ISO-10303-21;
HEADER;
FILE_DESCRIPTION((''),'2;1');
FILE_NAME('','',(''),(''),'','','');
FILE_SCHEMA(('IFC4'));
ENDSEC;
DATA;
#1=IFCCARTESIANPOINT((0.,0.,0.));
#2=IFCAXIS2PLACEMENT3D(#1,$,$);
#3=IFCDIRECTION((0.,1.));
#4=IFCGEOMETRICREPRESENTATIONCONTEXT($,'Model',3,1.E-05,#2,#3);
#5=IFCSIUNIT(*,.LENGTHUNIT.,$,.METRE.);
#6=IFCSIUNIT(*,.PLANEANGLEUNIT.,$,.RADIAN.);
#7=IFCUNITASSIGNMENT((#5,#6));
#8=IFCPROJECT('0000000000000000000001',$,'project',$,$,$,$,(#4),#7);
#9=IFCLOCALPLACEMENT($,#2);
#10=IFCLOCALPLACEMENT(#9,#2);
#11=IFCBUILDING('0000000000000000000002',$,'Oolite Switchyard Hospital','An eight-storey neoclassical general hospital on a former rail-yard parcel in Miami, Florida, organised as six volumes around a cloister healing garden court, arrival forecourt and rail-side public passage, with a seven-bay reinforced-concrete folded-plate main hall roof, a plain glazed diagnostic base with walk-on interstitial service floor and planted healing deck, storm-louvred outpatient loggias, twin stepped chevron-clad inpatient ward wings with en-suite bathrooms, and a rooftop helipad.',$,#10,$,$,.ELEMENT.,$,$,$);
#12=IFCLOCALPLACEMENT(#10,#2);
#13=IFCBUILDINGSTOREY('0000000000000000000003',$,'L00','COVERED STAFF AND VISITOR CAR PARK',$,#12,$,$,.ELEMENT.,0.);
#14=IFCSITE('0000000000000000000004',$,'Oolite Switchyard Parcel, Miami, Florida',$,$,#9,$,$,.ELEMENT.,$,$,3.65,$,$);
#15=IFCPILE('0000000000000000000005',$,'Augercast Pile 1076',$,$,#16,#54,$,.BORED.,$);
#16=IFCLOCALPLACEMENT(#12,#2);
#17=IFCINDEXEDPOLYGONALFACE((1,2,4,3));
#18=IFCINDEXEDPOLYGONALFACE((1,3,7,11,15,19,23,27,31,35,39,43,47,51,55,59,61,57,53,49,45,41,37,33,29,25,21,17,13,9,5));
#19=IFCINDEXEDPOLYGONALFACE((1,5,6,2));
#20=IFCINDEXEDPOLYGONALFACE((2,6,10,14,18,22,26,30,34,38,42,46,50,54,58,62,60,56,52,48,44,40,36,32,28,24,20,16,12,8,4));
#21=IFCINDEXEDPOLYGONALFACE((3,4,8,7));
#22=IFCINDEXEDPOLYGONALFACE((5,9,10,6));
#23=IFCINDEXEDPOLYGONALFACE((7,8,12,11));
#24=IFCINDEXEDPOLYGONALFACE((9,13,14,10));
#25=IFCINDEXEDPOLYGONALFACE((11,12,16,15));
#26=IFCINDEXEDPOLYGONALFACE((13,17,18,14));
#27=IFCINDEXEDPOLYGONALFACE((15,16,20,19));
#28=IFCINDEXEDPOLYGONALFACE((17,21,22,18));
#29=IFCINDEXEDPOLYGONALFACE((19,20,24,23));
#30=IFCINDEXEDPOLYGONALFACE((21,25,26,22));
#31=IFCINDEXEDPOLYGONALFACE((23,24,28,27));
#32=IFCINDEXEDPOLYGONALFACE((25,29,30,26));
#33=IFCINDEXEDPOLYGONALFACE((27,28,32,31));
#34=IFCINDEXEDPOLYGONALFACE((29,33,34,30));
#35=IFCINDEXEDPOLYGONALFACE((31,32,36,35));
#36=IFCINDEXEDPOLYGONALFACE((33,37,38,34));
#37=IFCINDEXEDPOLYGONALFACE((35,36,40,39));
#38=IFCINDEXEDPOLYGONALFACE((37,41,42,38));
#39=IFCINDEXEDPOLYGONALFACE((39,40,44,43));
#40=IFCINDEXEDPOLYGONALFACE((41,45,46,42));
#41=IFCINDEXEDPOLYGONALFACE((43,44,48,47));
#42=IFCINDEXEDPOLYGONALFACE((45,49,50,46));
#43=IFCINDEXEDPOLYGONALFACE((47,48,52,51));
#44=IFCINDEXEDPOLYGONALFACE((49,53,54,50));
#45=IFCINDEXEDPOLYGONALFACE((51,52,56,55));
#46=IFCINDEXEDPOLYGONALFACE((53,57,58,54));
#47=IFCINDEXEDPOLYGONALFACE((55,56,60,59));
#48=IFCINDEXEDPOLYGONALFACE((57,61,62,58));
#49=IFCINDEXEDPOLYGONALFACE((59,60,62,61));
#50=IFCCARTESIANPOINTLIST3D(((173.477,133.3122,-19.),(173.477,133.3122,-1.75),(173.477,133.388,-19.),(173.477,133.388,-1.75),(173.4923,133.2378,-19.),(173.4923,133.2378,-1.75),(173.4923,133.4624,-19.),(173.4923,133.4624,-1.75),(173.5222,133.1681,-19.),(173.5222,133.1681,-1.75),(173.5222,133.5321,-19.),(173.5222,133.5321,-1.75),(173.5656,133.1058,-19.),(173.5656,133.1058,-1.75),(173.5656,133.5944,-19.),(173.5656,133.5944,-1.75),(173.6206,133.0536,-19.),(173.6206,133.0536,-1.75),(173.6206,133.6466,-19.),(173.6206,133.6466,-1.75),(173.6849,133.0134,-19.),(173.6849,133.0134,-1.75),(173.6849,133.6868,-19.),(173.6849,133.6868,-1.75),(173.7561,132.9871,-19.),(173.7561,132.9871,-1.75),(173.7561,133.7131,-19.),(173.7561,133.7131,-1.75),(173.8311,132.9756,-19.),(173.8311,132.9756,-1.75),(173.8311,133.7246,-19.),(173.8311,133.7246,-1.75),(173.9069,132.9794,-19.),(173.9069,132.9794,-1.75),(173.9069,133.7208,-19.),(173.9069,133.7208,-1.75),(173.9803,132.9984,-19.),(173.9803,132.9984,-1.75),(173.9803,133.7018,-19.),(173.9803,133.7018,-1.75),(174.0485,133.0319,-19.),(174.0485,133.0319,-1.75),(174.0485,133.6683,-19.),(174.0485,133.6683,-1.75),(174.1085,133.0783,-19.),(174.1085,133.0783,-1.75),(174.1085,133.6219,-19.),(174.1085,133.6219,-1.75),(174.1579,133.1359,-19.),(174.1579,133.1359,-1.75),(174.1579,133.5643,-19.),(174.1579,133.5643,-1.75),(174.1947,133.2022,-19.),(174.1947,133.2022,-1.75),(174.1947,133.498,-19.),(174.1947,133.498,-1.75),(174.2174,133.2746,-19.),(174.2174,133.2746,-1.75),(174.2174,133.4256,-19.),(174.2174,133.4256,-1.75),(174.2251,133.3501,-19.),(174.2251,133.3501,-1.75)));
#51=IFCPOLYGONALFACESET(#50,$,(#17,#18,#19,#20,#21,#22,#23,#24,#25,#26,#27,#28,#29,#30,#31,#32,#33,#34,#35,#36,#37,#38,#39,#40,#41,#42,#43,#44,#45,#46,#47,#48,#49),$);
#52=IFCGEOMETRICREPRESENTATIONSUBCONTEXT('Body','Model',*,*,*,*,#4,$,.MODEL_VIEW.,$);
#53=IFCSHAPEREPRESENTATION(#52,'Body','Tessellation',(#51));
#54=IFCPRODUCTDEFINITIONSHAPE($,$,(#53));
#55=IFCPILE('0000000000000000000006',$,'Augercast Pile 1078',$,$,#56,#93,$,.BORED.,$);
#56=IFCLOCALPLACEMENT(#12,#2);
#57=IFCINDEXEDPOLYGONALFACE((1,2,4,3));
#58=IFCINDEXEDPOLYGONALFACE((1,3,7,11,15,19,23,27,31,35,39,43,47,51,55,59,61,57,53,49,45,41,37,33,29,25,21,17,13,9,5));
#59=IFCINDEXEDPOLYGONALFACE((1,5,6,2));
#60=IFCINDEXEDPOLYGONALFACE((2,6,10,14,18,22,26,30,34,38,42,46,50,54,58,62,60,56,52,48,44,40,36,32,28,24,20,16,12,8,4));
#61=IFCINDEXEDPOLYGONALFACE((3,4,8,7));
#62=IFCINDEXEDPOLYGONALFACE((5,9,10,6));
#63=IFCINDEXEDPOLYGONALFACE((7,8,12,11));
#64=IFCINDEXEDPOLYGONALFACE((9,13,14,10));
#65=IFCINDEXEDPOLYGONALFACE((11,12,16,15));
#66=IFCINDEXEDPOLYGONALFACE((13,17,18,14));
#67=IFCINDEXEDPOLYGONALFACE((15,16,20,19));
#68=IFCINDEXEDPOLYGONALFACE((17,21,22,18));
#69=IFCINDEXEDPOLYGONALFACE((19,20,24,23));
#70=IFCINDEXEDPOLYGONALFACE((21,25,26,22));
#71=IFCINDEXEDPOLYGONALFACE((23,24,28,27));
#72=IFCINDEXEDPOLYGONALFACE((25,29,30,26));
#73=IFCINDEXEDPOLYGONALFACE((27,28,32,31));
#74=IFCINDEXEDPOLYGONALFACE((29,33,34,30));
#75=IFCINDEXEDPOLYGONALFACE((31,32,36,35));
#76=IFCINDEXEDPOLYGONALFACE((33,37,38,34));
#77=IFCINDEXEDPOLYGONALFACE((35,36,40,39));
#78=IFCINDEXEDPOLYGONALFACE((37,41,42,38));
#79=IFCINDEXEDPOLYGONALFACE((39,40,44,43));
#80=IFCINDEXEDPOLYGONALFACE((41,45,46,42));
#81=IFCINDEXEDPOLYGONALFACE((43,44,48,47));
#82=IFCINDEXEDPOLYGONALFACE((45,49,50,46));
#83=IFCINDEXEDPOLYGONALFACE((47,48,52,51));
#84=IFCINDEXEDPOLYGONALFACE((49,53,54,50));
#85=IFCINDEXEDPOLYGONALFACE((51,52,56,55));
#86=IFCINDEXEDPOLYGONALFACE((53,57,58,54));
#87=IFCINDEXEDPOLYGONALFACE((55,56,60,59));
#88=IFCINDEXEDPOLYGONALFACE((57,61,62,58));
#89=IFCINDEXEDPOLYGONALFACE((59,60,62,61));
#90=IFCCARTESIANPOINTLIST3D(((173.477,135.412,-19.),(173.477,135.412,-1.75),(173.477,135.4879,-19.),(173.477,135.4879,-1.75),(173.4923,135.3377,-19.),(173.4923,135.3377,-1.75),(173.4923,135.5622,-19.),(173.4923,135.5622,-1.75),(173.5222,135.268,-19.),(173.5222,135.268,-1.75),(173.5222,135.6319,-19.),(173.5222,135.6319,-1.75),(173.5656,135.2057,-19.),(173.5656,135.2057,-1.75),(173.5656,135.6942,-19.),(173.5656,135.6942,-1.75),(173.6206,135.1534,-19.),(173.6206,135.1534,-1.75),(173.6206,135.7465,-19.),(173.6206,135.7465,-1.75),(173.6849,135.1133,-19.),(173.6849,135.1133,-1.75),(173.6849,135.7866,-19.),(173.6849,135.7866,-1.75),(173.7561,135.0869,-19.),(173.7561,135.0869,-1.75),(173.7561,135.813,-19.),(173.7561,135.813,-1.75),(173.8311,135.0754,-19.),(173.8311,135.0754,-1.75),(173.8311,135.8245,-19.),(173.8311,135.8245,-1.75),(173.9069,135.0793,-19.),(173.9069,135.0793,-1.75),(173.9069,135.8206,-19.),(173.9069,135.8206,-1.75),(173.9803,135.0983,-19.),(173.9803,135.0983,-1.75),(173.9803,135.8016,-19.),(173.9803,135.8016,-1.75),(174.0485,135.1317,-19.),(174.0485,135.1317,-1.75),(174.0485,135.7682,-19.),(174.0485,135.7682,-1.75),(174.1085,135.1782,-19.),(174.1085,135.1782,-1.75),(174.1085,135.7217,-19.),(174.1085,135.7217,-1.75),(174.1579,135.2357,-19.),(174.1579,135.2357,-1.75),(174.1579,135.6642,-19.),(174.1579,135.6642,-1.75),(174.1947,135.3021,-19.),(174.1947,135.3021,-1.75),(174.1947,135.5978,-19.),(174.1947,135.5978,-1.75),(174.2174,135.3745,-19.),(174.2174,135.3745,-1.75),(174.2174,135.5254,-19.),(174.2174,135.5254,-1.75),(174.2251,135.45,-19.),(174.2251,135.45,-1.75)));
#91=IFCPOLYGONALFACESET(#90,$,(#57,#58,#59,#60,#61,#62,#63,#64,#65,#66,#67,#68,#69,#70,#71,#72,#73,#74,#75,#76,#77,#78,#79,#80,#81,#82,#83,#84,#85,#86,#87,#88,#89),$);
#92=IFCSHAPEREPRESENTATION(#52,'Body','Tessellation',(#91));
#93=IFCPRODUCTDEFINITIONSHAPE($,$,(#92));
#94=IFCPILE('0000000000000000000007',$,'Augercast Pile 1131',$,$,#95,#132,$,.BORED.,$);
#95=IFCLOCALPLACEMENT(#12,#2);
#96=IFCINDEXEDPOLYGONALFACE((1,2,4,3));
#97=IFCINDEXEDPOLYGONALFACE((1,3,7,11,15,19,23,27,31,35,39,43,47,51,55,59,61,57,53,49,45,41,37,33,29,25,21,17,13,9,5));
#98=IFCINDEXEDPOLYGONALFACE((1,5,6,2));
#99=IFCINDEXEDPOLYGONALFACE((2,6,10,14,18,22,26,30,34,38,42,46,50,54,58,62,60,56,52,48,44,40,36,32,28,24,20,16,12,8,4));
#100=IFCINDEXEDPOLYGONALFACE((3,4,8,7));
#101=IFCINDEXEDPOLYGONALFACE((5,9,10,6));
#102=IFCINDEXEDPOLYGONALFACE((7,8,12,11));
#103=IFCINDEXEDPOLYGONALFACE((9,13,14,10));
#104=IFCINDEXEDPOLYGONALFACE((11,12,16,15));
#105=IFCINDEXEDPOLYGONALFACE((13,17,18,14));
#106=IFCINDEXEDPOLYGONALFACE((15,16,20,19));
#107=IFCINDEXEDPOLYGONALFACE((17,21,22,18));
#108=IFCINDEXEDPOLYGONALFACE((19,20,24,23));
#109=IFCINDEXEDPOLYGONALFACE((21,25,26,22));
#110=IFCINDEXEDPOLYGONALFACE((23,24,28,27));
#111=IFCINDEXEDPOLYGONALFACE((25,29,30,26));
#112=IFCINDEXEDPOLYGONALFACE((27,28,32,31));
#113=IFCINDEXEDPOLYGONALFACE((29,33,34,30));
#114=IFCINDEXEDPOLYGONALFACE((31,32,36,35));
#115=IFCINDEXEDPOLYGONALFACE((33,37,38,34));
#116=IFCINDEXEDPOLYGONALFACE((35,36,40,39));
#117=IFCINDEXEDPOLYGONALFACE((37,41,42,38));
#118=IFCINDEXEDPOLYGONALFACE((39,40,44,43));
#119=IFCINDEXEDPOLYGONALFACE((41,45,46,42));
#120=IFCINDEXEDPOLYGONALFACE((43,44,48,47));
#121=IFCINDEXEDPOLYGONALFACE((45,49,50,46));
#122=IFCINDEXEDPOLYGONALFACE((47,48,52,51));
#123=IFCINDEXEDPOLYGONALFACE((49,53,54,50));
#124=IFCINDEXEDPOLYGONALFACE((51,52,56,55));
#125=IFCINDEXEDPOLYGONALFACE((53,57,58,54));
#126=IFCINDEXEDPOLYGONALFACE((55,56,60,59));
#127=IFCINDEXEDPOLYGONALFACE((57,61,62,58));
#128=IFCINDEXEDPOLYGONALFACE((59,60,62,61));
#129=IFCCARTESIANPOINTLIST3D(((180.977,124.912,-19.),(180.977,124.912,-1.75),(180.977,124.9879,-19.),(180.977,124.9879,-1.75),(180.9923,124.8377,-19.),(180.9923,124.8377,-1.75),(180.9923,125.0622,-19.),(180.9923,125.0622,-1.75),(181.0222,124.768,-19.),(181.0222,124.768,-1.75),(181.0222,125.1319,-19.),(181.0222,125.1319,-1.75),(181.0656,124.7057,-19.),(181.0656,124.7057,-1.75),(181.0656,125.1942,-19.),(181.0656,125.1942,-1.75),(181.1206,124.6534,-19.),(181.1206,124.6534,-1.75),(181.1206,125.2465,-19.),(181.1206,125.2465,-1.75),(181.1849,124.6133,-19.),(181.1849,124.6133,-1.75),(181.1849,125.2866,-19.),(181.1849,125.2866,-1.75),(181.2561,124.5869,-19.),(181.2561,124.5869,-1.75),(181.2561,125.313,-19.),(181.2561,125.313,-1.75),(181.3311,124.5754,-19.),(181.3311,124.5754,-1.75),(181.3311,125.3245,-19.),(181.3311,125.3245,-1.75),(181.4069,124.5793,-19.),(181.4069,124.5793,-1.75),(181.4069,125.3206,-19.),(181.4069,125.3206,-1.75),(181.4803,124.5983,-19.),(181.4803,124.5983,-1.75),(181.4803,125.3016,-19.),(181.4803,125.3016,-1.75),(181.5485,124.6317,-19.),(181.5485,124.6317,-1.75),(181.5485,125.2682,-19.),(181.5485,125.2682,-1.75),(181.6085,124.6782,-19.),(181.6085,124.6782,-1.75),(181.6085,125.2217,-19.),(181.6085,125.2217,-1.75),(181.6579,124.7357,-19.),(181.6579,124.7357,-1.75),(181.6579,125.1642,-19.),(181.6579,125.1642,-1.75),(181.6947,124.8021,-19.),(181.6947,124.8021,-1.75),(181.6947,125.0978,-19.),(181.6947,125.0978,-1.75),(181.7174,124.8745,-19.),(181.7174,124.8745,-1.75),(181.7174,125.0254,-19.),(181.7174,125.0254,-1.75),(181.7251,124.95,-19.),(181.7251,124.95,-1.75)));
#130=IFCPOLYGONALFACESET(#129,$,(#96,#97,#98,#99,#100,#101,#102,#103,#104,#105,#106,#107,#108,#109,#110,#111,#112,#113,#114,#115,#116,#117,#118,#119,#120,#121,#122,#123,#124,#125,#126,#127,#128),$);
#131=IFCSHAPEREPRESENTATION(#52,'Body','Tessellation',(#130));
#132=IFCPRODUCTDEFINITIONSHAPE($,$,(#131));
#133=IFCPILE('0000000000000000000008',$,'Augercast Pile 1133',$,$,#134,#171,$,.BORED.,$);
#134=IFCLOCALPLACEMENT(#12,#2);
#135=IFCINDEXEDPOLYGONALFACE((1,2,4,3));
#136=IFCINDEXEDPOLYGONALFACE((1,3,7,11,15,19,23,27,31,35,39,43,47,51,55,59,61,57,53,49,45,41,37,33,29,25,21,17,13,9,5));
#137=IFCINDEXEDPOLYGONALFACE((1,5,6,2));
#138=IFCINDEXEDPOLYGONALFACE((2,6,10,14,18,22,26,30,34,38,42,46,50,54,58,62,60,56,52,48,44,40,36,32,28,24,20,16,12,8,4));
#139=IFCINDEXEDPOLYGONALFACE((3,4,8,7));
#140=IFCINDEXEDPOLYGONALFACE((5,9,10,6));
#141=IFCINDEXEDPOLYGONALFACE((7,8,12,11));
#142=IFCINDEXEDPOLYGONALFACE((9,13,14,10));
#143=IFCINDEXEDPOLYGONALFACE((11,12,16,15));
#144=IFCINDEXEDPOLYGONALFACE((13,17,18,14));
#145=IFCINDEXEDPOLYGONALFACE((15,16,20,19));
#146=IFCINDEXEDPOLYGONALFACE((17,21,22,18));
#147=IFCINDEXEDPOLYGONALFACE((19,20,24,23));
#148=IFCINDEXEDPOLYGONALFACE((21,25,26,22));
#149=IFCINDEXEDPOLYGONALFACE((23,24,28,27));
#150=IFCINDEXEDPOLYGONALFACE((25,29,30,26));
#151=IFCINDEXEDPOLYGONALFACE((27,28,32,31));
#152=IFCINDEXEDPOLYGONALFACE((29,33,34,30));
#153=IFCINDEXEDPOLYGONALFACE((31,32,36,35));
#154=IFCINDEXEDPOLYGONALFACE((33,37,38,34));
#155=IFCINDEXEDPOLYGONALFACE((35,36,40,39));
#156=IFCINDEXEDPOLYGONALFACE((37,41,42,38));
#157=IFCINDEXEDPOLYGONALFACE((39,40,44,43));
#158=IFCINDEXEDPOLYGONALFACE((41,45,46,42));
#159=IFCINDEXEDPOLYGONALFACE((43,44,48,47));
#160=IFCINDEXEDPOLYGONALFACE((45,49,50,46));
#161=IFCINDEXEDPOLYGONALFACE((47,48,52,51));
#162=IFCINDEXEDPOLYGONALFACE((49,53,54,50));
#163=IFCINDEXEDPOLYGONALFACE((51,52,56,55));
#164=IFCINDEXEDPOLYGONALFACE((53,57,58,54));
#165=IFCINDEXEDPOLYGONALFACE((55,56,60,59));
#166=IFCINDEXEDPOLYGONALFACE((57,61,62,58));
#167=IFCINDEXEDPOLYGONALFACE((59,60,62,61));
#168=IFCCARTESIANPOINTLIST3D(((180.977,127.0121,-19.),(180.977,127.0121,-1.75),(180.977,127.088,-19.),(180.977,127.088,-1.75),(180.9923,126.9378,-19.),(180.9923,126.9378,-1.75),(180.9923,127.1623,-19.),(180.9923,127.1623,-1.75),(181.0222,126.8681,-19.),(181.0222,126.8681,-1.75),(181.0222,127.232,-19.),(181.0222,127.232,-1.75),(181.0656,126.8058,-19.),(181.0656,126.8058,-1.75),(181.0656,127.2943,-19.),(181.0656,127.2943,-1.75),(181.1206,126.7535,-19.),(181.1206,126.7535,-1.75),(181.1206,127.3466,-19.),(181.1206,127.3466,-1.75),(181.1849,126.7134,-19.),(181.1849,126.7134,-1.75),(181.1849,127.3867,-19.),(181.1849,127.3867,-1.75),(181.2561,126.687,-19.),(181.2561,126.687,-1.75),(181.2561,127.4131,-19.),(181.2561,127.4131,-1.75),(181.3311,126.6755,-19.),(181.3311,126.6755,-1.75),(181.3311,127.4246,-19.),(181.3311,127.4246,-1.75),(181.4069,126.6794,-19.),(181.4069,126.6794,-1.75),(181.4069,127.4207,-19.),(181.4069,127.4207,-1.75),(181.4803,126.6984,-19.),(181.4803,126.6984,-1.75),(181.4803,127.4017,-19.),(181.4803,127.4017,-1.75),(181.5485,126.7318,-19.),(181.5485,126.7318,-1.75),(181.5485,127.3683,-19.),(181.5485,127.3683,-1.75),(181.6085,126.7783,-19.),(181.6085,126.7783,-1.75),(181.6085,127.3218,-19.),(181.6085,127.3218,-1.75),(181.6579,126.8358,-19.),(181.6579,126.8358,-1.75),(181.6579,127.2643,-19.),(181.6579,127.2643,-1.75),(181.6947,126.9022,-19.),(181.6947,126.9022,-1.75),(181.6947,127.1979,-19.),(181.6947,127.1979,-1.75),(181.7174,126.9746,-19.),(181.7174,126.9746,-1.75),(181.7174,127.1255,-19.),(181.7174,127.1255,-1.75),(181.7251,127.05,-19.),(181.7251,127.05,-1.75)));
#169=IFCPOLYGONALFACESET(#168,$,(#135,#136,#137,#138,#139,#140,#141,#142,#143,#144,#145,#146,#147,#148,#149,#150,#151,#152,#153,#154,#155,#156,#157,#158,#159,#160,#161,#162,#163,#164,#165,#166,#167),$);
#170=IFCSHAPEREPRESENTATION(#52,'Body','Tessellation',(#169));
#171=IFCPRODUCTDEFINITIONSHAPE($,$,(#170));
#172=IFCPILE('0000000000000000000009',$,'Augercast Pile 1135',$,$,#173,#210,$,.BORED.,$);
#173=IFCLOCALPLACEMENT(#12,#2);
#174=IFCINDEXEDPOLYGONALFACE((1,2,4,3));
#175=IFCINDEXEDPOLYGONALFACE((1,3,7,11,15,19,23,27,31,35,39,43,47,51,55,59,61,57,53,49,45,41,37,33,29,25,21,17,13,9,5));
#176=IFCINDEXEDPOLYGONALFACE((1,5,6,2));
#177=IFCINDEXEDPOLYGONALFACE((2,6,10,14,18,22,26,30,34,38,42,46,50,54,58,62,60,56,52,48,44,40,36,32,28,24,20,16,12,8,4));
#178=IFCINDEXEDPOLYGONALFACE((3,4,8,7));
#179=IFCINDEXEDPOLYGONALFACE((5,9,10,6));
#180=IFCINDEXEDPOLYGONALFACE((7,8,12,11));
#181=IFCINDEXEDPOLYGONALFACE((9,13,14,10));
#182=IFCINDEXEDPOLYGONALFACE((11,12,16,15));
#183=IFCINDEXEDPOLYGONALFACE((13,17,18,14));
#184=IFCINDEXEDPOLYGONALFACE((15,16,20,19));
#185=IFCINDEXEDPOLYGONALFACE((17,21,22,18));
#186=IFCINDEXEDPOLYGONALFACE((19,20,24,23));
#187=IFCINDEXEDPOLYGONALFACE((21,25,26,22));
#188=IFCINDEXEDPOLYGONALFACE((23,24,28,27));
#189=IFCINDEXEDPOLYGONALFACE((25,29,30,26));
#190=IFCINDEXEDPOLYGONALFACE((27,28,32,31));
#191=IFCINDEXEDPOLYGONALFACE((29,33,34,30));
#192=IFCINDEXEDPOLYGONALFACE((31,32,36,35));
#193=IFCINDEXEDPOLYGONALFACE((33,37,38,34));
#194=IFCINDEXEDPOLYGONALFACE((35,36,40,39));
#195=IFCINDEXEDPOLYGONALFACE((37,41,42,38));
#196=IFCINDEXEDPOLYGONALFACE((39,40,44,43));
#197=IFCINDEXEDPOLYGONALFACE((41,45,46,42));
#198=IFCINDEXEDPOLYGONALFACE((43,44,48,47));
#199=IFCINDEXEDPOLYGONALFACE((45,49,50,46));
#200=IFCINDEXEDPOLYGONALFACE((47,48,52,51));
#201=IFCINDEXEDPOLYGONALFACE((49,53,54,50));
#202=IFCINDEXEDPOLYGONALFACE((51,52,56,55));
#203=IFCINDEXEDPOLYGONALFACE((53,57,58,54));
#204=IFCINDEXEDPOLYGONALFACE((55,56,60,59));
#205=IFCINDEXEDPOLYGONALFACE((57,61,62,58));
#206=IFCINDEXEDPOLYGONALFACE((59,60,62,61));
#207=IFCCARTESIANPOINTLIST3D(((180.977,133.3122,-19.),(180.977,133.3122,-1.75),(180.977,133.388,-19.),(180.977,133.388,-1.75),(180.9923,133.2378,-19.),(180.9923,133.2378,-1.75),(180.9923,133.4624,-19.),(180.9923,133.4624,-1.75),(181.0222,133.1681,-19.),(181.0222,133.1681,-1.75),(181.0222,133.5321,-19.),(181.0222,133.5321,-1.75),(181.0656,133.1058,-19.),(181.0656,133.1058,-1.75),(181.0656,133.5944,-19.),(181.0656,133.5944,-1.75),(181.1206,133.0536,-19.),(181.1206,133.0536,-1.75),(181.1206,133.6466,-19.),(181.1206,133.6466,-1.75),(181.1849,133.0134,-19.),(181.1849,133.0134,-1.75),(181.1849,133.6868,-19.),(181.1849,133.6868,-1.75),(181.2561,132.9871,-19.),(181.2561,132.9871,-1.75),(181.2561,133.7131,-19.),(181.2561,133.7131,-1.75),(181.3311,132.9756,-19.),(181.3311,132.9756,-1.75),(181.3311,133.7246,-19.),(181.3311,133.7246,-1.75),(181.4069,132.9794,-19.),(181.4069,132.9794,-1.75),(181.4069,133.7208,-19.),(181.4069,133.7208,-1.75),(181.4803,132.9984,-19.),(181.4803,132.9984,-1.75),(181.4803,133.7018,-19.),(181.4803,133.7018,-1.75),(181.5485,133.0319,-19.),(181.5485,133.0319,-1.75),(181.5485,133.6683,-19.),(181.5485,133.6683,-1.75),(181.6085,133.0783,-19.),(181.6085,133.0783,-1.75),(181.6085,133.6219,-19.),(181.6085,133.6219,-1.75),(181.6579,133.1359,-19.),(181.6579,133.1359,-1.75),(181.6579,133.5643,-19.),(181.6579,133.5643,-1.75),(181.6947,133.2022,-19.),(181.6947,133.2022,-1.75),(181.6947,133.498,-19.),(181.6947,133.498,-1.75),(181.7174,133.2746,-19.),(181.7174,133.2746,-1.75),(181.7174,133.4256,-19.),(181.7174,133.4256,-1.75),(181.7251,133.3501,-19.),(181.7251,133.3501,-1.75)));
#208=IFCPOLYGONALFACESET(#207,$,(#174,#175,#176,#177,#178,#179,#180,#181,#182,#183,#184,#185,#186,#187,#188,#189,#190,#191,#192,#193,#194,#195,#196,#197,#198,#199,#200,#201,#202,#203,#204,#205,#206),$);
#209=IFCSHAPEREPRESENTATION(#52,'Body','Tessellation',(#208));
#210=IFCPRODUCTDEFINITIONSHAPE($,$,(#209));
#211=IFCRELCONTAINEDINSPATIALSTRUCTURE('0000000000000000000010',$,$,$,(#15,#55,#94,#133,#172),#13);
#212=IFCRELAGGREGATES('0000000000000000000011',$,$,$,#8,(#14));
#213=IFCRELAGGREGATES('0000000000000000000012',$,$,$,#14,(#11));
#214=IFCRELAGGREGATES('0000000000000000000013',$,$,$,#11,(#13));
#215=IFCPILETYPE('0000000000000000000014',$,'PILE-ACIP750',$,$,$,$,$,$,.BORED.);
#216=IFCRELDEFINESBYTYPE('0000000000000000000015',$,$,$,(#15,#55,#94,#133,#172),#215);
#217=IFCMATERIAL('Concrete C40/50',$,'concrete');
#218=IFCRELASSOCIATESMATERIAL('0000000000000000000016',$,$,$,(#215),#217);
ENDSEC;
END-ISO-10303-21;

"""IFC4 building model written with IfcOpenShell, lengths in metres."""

from ifc_helpers import new_model, si_unit, direction, frame, origin, origin_2d, place, context, subcontext, project, spatial, circle, extrude, material, material_profile, profile_set, type_object, element, save


model = new_model("IFC4")

# Units and contexts
model_context = context("Model", 3, precision=1e-05, world=origin(), true_north=direction((0.0, 1.0)))
body_context = subcontext(model_context, "Body", "Model", "MODEL_VIEW")
ifc_project = project(units=[si_unit("LENGTHUNIT", "METRE"), si_unit("PLANEANGLEUNIT", "RADIAN")], contexts=[model_context])

# Site, building, storey
site_placement = place(None, origin())
site = spatial("IfcSite", under=ifc_project, at=site_placement, Name="Oolite Switchyard Parcel, Miami, Florida", CompositionType="ELEMENT", RefElevation=3.65)
building_placement = place(site_placement, origin())
building = spatial("IfcBuilding", under=site, at=building_placement, Name="Oolite Switchyard Hospital", Description="An eight-storey neoclassical general hospital on a former rail-yard parcel in Miami, Florida, organised as six volumes around a cloister healing garden court, arrival forecourt and rail-side public passage, with a seven-bay reinforced-concrete folded-plate main hall roof, a plain glazed diagnostic base with walk-on interstitial service floor and planted healing deck, storm-louvred outpatient loggias, twin stepped chevron-clad inpatient ward wings with en-suite bathrooms, and a rooftop helipad.", CompositionType="ELEMENT")
storey_placement = place(building_placement, origin())
storey = spatial("IfcBuildingStorey", under=building, at=storey_placement, Name="L00", Description="COVERED STAFF AND VISITOR CAR PARK", CompositionType="ELEMENT", Elevation=0.0)

# Shared definitions
ifc_material_1 = material(Name="Concrete C40/50", Category="concrete")

# Piles
ifc_material_profile_1 = material_profile(ifc_material_1, circle(Radius=0.375, at=origin_2d()), Name="PILE750")
ifc_profile_set_1 = profile_set([ifc_material_profile_1], Name="Concrete C40/50")
pile_type = type_object("IfcPileType", Name="PILE-ACIP750", PredefinedType="BORED", material=ifc_profile_set_1)
for number, where, z_axis, x_axis, name in (
    (1, (173.8501, 133.3501, -1.75), (0.0, 0.0, -1.0), (1.0, 0.0, 0.0), "Augercast Pile 1076"),
    (2, (173.8501, 135.45, -1.75), (0.0, 0.0, -1.0), (1.0, 0.0, 0.0), "Augercast Pile 1078"),
    (3, (181.3501, 124.95, -1.75), (0.0, 0.0, -1.0), (1.0, 0.0, 0.0), "Augercast Pile 1131"),
    (4, (181.3501, 127.05, -1.75), (0.0, 0.0, -1.0), (1.0, 0.0, 0.0), "Augercast Pile 1133"),
    (5, (181.3501, 133.3501, -1.75), (0.0, 0.0, -1.0), (1.0, 0.0, 0.0), "Augercast Pile 1135"),
):
    element("IfcPile", number, at=place(storey_placement, frame(where, z_axis=z_axis, x_axis=x_axis)), inside=storey, type_object=pile_type, Name=name, PredefinedType="BORED", context=body_context, shape_type="SweptSolid", body=[
        extrude(circle(Radius=0.375, at=origin_2d()), origin(), (0.0, 0.0, 1.0), 17.25),
    ])

save(model, "model.ifc")
